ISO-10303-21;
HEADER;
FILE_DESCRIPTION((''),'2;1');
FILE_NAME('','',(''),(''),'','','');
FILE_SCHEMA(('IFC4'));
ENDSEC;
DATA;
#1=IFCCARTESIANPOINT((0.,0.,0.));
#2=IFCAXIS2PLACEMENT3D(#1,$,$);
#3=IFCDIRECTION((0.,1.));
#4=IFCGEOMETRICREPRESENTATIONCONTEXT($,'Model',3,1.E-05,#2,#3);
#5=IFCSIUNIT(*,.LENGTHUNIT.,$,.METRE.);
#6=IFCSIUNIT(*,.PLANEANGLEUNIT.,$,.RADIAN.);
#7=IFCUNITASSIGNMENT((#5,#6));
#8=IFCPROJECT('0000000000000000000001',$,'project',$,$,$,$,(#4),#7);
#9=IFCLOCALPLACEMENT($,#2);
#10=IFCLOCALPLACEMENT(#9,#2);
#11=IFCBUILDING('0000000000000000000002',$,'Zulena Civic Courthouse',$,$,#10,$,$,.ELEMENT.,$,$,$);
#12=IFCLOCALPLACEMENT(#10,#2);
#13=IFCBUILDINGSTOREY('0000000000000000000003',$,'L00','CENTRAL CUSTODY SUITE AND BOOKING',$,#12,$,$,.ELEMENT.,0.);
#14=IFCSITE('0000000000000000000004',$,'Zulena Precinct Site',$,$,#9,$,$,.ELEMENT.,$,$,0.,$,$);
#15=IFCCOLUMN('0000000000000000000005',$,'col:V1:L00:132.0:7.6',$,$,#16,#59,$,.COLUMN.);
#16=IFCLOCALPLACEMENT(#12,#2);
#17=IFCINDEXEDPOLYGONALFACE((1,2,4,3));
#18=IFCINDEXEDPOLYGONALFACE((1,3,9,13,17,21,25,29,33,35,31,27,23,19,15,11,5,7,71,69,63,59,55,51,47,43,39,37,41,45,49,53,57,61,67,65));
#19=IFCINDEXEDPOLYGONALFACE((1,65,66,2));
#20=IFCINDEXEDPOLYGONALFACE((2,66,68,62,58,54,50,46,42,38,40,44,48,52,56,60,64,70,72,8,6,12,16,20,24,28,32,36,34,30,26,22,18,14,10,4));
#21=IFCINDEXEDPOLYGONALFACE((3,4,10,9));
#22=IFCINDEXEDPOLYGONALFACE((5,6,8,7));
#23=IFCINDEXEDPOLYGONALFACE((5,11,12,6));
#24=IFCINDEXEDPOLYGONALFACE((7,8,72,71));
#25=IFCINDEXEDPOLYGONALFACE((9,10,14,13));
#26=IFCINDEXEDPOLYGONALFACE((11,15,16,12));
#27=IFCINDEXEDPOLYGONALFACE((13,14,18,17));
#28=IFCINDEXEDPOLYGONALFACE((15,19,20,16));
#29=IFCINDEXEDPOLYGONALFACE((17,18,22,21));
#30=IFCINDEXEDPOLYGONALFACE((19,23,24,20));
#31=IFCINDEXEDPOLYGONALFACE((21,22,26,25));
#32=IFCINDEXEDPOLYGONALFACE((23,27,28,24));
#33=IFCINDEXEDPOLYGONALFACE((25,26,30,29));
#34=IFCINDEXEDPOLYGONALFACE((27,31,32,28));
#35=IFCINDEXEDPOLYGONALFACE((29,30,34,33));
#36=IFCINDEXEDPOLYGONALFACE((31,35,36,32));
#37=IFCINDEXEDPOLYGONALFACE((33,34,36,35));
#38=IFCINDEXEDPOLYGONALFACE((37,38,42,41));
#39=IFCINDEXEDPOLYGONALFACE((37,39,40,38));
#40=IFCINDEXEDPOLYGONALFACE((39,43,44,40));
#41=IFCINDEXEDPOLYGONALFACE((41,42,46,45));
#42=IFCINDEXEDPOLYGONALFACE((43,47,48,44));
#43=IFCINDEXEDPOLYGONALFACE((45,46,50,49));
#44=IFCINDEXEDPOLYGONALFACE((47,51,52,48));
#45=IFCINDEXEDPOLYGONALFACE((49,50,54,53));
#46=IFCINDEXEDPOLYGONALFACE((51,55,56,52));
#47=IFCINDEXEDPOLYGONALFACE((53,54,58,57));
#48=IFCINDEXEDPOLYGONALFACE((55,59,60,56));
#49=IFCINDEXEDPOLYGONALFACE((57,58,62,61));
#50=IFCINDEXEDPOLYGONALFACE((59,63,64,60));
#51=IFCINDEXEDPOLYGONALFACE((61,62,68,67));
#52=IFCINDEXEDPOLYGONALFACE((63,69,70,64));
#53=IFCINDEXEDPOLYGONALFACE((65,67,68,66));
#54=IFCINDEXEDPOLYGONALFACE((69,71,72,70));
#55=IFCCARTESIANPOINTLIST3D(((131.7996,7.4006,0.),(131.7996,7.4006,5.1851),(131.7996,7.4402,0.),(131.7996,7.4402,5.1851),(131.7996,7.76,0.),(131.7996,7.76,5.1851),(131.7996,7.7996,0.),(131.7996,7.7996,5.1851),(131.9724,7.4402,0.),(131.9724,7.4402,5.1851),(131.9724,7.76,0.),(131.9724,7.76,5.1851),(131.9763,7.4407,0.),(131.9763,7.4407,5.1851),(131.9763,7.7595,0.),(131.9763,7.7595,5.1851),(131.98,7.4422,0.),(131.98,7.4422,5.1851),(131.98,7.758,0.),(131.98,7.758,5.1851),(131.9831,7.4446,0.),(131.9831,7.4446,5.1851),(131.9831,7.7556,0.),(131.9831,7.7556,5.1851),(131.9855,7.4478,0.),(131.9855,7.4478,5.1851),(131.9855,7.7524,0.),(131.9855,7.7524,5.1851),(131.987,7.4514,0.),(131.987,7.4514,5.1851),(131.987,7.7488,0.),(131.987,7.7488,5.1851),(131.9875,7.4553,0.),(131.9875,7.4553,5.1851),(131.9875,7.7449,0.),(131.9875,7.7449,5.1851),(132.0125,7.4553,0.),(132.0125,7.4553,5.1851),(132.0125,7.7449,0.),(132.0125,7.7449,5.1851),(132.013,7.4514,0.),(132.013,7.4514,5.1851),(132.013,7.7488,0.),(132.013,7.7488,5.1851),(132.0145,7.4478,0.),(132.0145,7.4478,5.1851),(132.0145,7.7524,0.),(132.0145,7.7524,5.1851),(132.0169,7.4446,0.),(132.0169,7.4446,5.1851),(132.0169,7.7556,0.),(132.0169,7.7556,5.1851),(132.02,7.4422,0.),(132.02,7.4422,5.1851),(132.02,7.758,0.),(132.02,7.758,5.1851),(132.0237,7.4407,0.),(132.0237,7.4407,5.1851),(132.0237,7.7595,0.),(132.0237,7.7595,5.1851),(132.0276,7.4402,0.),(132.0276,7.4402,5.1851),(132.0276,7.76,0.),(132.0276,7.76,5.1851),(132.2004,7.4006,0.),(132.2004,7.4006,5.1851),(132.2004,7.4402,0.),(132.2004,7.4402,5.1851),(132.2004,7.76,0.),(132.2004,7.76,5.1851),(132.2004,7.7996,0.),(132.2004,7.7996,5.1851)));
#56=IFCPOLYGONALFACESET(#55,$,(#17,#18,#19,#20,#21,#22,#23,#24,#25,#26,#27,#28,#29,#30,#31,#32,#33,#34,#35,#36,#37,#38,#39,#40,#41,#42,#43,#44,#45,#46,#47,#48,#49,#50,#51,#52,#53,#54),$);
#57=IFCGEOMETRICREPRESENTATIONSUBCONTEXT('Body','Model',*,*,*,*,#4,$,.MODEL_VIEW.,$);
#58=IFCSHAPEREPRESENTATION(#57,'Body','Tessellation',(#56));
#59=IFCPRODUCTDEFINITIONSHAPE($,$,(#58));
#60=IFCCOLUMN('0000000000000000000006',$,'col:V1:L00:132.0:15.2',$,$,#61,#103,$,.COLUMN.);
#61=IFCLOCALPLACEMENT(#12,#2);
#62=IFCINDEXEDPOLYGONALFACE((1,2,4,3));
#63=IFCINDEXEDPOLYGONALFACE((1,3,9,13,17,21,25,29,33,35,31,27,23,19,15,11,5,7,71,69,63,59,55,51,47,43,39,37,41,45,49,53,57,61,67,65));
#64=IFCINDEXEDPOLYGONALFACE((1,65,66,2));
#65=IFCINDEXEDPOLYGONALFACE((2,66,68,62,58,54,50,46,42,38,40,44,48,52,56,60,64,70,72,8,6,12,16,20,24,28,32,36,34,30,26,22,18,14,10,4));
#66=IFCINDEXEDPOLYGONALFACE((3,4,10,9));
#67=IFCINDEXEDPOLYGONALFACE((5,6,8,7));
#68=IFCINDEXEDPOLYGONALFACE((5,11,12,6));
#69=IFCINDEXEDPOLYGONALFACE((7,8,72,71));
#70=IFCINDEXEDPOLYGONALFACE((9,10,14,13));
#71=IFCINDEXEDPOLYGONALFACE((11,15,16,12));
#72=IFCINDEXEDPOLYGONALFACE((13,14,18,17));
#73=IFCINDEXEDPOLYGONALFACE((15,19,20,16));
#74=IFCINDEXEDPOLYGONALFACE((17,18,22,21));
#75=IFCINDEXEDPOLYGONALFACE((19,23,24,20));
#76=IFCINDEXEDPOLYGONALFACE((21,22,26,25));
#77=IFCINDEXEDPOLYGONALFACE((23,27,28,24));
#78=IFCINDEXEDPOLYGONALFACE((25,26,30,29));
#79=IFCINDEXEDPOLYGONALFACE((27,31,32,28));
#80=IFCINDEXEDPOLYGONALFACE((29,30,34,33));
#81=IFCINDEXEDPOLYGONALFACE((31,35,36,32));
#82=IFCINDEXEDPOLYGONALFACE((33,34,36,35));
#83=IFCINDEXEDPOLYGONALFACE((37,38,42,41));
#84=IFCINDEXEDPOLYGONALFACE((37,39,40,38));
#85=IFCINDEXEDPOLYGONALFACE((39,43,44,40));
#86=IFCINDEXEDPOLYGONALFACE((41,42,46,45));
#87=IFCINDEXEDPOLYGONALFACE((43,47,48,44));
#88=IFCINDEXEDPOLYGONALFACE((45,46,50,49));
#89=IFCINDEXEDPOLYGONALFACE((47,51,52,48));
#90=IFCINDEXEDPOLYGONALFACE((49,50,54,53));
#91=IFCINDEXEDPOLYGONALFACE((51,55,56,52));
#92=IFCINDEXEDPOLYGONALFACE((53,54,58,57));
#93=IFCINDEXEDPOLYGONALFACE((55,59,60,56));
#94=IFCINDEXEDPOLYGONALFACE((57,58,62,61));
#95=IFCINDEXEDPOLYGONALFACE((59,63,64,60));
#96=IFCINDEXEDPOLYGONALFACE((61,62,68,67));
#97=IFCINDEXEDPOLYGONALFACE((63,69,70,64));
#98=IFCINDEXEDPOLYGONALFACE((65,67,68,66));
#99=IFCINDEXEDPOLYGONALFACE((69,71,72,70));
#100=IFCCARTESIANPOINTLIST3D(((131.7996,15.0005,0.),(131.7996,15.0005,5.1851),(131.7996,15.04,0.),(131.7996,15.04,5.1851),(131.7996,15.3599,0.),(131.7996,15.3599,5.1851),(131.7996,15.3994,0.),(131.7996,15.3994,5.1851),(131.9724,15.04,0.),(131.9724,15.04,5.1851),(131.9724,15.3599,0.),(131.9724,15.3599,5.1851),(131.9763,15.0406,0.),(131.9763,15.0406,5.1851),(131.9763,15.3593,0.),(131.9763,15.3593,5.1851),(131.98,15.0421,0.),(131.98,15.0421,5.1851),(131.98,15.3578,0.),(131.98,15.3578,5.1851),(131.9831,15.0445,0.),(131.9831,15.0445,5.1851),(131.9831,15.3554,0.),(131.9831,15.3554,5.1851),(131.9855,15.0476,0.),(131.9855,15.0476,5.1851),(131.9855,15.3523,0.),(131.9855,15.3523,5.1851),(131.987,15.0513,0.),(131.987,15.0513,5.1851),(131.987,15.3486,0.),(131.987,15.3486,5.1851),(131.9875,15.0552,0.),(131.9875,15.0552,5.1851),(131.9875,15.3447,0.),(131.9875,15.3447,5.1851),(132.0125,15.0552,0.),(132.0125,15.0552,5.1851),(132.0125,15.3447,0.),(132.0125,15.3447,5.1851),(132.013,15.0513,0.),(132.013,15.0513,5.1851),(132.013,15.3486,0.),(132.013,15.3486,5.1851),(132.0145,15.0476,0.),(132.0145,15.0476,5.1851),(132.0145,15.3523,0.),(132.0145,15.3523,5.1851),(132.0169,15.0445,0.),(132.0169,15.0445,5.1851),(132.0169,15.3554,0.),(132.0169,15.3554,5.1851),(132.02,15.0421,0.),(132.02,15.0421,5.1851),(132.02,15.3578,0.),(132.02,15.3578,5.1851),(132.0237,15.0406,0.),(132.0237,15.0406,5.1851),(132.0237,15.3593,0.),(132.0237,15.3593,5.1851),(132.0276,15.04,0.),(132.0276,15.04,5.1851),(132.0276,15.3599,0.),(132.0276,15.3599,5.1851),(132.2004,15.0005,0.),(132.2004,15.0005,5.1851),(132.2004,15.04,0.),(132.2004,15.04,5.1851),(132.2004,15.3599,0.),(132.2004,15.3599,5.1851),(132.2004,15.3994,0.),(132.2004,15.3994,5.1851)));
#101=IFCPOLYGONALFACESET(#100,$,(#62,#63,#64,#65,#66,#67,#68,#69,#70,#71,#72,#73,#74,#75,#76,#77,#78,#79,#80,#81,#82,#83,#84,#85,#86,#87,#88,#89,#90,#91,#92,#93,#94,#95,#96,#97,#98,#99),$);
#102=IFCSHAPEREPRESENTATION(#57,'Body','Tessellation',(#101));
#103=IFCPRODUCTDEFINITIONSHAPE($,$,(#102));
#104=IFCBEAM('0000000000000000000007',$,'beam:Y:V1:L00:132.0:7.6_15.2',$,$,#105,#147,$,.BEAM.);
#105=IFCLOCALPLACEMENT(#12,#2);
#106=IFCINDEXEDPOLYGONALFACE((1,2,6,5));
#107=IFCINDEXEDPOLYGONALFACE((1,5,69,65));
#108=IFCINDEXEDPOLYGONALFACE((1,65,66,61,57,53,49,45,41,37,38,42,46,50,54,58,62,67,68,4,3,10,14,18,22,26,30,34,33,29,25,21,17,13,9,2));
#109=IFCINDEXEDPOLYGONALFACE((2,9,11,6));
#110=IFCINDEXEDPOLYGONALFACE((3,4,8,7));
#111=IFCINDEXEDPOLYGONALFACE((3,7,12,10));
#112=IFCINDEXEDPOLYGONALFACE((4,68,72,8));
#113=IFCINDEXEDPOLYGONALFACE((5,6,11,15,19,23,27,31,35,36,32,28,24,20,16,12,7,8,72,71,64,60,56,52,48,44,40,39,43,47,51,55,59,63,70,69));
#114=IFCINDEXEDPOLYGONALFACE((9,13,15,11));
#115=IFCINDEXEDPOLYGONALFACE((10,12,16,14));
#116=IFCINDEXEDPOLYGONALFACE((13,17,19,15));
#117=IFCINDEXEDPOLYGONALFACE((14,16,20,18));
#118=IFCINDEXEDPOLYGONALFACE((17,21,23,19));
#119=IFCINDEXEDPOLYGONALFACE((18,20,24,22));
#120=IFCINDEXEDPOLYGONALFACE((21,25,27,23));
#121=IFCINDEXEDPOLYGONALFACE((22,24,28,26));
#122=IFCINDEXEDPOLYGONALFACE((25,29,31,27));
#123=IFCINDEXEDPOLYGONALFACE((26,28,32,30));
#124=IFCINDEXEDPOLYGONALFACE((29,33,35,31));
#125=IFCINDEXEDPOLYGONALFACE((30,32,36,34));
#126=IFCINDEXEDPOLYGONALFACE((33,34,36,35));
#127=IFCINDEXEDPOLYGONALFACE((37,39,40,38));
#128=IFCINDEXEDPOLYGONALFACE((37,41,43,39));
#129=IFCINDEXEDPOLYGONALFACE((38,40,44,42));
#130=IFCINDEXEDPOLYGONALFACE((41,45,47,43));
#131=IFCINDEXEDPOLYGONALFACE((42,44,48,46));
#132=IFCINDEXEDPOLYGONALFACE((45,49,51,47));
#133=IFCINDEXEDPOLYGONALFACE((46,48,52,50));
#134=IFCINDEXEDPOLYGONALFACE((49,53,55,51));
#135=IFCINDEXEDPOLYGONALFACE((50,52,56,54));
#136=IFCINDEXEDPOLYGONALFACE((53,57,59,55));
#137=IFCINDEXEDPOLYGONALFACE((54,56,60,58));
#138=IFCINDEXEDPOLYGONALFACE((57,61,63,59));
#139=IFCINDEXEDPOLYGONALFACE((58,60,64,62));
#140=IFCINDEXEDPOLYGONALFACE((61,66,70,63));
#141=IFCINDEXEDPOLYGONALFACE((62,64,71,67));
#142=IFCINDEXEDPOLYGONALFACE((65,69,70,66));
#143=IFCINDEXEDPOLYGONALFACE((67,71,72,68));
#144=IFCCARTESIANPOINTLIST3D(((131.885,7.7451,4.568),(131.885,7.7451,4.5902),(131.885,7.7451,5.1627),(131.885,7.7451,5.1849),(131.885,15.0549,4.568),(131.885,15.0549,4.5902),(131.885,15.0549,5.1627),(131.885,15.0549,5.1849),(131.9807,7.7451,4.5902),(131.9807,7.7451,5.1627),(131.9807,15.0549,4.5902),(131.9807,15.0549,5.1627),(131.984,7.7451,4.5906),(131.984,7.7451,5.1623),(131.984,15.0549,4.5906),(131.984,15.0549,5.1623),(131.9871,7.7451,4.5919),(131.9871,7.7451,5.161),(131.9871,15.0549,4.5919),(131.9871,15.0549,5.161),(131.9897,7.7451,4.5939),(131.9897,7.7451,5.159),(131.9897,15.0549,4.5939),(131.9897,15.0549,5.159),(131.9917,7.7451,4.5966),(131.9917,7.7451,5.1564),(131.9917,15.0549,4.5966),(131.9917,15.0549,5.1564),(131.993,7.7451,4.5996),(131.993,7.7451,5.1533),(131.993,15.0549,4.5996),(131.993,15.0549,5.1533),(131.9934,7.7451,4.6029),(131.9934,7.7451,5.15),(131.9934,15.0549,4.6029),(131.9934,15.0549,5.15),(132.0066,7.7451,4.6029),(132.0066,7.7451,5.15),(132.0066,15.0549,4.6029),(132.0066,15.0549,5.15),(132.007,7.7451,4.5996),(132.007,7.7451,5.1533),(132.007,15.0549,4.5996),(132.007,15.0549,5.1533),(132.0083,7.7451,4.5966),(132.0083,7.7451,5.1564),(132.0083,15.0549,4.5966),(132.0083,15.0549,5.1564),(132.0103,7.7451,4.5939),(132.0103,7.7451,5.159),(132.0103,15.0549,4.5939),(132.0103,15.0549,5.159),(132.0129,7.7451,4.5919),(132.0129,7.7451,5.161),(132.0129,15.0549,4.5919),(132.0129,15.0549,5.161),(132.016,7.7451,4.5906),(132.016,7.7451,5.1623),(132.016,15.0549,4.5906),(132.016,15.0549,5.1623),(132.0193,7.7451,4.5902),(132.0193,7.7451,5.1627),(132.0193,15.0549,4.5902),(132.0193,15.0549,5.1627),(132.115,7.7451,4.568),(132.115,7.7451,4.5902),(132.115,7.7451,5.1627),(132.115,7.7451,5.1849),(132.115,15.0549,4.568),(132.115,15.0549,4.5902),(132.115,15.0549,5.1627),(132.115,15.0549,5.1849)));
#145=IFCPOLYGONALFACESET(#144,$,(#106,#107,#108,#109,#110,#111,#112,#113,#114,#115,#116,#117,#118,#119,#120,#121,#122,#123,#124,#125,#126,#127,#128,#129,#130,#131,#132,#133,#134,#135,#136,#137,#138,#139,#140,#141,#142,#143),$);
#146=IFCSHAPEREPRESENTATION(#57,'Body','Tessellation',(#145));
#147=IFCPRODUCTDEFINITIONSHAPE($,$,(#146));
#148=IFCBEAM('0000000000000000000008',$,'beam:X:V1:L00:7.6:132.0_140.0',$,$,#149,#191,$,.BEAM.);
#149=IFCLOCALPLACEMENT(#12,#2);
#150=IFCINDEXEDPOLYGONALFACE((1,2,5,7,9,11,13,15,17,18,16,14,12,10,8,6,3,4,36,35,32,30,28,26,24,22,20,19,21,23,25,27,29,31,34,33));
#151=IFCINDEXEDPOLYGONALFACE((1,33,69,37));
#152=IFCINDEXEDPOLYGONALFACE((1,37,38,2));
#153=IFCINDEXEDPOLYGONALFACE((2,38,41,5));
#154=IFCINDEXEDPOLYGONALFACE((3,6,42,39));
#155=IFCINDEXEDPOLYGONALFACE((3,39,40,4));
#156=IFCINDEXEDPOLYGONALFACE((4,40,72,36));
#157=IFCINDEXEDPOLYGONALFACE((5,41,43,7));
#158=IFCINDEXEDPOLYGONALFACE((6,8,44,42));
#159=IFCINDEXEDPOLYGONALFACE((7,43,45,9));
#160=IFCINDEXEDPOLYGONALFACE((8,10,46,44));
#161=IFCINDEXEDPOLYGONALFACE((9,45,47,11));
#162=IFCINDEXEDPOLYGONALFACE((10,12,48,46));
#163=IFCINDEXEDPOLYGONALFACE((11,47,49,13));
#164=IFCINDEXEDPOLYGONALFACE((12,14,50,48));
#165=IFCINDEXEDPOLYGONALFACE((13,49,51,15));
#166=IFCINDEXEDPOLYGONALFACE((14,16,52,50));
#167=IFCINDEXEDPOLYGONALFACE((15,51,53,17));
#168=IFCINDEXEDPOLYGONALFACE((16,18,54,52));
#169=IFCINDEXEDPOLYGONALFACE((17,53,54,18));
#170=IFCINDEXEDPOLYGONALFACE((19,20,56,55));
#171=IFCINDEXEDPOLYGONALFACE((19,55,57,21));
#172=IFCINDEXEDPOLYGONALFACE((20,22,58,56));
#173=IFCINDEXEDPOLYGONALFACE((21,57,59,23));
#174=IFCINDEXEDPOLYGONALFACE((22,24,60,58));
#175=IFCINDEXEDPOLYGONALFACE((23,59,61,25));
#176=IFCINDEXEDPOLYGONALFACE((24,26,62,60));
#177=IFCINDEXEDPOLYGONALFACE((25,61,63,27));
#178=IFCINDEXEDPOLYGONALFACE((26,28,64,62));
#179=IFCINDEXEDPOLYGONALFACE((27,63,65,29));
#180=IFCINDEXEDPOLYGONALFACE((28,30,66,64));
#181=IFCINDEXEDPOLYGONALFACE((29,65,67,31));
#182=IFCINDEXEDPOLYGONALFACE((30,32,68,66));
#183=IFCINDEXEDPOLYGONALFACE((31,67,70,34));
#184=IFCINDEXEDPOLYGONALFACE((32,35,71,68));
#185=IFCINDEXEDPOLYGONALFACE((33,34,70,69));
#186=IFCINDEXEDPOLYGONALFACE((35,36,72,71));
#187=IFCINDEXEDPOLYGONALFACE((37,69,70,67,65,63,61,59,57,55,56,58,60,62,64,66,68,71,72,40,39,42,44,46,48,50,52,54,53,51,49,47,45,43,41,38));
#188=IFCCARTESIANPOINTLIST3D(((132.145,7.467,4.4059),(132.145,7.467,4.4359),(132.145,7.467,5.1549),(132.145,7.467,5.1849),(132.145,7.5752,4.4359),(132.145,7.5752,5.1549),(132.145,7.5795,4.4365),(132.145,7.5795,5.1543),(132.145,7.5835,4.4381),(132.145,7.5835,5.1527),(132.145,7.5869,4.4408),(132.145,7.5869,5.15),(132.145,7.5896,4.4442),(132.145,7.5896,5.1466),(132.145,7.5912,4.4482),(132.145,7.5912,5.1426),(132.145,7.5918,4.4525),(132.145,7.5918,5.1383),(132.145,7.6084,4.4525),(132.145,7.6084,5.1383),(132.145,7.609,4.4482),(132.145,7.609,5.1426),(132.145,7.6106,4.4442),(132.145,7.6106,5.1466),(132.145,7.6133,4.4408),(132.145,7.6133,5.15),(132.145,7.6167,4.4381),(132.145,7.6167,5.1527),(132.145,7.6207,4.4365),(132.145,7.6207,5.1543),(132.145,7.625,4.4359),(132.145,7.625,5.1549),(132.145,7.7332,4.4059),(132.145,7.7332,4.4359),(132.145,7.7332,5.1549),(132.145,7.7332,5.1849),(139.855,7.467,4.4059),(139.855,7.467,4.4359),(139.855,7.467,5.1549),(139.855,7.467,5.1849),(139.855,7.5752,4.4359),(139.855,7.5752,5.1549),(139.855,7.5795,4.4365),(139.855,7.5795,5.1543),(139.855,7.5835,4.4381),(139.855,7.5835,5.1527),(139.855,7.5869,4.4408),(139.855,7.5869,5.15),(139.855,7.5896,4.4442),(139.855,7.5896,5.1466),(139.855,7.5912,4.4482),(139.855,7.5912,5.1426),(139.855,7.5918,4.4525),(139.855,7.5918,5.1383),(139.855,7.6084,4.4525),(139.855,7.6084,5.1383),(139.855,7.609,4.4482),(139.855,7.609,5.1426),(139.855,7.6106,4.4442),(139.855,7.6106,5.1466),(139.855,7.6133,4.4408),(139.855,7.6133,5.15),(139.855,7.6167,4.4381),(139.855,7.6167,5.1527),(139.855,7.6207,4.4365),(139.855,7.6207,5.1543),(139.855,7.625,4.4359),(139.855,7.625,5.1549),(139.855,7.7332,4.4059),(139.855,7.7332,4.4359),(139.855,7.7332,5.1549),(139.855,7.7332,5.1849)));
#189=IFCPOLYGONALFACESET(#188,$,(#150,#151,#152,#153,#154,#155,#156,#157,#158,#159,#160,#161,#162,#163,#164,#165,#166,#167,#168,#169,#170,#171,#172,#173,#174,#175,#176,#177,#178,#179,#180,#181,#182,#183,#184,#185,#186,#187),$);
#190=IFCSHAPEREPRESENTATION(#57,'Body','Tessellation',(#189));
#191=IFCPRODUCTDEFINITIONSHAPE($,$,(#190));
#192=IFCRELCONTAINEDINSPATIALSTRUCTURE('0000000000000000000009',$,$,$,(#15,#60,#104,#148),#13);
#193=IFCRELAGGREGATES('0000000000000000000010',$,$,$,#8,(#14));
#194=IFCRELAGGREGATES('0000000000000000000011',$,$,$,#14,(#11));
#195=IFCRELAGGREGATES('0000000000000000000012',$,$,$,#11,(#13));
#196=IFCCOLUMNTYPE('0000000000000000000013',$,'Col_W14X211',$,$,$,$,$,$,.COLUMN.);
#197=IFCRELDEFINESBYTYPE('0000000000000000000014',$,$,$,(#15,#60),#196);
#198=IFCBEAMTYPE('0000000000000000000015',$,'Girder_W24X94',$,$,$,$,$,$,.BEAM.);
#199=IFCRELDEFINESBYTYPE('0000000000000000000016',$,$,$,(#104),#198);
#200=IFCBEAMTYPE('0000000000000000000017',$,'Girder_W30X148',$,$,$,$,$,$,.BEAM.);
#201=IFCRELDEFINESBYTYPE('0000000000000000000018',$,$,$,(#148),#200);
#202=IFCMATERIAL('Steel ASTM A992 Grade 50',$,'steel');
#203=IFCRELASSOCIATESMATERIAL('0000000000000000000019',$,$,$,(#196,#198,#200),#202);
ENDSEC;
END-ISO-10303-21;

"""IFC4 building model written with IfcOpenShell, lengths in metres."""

from ifc_helpers import new_model, si_unit, direction, frame, origin, origin_2d, place, context, subcontext, project, spatial, i_section, extrude, material, material_profile, profile_set, type_object, element, save


model = new_model("IFC4")

# Units and contexts
model_context = context("Model", 3, precision=1e-05, world=origin(), true_north=direction((0.0, 1.0)))
body_context = subcontext(model_context, "Body", "Model", "MODEL_VIEW")
ifc_project = project(units=[si_unit("LENGTHUNIT", "METRE"), si_unit("PLANEANGLEUNIT", "RADIAN")], contexts=[model_context])

# Site, building, storey
site_placement = place(None, origin())
site = spatial("IfcSite", under=ifc_project, at=site_placement, Name="Zulena Precinct Site", CompositionType="ELEMENT", RefElevation=0.0)
building_placement = place(site_placement, origin())
building = spatial("IfcBuilding", under=site, at=building_placement, Name="Zulena Civic Courthouse", CompositionType="ELEMENT")
storey_placement = place(building_placement, origin())
storey = spatial("IfcBuildingStorey", under=building, at=storey_placement, Name="L00", Description="CENTRAL CUSTODY SUITE AND BOOKING", CompositionType="ELEMENT", Elevation=0.0)

# Columns
ifc_material_1 = material(Name="Steel ASTM A992 Grade 50", Category="steel")
ifc_material_profile_1 = material_profile(ifc_material_1, i_section(OverallWidth=0.4009, OverallDepth=0.3989, WebThickness=0.0249, FlangeThickness=0.0396, FilletRadius=0.0151, at=origin_2d()), Name="W14X211")
ifc_profile_set_1 = profile_set([ifc_material_profile_1], Name="Steel ASTM A992 Grade 50")
column_type = type_object("IfcColumnType", Name="Col_W14X211", PredefinedType="COLUMN", material=ifc_profile_set_1)
for number, where, z_axis, x_axis, name in (
    (1, (132.0, 7.6001, 0.0), (0.0, 0.0, 1.0), (1.0, 0.0, 0.0), "col:V1:L00:132.0:7.6"),
    (2, (132.0, 15.2, 0.0), (0.0, 0.0, 1.0), (1.0, 0.0, 0.0), "col:V1:L00:132.0:15.2"),
):
    element("IfcColumn", number, at=place(storey_placement, frame(where, z_axis=z_axis, x_axis=x_axis)), inside=storey, type_object=column_type, Name=name, PredefinedType="COLUMN", context=body_context, shape_type="SweptSolid", body=[
        extrude(i_section(OverallWidth=0.4009, OverallDepth=0.3989, WebThickness=0.0249, FlangeThickness=0.0396, FilletRadius=0.0151, at=origin_2d()), origin(), (0.0, 0.0, 1.0), 5.1851),
    ])

# Beams
ifc_material_profile_2 = material_profile(ifc_material_1, i_section(OverallWidth=0.23, OverallDepth=0.6169, WebThickness=0.0132, FlangeThickness=0.0222, FilletRadius=0.0127, at=origin_2d()), Name="W24X94")
ifc_profile_set_2 = profile_set([ifc_material_profile_2], Name="Steel ASTM A992 Grade 50")
beam_type_1 = type_object("IfcBeamType", Name="Girder_W24X94", PredefinedType="BEAM", material=ifc_profile_set_2)
beam_1_placement = place(storey_placement, frame((132.0, 7.7451, 4.8765), z_axis=(0.0, 1.0, 0.0), x_axis=(-1.0, 0.0, 0.0)))
element("IfcBeam", 3, at=beam_1_placement, inside=storey, type_object=beam_type_1, Name="beam:Y:V1:L00:132.0:7.6_15.2", PredefinedType="BEAM", context=body_context, shape_type="SweptSolid", body=[
    extrude(i_section(OverallWidth=0.23, OverallDepth=0.6169, WebThickness=0.0132, FlangeThickness=0.0222, FilletRadius=0.0127, at=origin_2d()), origin(), (0.0, 0.0, 1.0), 7.3098),
])
ifc_material_profile_3 = material_profile(ifc_material_1, i_section(OverallWidth=0.2661, OverallDepth=0.7791, WebThickness=0.0166, FlangeThickness=0.03, FilletRadius=0.0166, at=origin_2d()), Name="W30X148")
ifc_profile_set_3 = profile_set([ifc_material_profile_3], Name="Steel ASTM A992 Grade 50")
beam_type_2 = type_object("IfcBeamType", Name="Girder_W30X148", PredefinedType="BEAM", material=ifc_profile_set_3)
beam_2_placement = place(storey_placement, frame((132.145, 7.6001, 4.7954), z_axis=(1.0, 0.0, 0.0), x_axis=(0.0, 1.0, 0.0)))
element("IfcBeam", 4, at=beam_2_placement, inside=storey, type_object=beam_type_2, Name="beam:X:V1:L00:7.6:132.0_140.0", PredefinedType="BEAM", context=body_context, shape_type="SweptSolid", body=[
    extrude(i_section(OverallWidth=0.2661, OverallDepth=0.7791, WebThickness=0.0166, FlangeThickness=0.03, FilletRadius=0.0166, at=origin_2d()), origin(), (0.0, 0.0, 1.0), 7.71),
])

save(model, "model.ifc")
